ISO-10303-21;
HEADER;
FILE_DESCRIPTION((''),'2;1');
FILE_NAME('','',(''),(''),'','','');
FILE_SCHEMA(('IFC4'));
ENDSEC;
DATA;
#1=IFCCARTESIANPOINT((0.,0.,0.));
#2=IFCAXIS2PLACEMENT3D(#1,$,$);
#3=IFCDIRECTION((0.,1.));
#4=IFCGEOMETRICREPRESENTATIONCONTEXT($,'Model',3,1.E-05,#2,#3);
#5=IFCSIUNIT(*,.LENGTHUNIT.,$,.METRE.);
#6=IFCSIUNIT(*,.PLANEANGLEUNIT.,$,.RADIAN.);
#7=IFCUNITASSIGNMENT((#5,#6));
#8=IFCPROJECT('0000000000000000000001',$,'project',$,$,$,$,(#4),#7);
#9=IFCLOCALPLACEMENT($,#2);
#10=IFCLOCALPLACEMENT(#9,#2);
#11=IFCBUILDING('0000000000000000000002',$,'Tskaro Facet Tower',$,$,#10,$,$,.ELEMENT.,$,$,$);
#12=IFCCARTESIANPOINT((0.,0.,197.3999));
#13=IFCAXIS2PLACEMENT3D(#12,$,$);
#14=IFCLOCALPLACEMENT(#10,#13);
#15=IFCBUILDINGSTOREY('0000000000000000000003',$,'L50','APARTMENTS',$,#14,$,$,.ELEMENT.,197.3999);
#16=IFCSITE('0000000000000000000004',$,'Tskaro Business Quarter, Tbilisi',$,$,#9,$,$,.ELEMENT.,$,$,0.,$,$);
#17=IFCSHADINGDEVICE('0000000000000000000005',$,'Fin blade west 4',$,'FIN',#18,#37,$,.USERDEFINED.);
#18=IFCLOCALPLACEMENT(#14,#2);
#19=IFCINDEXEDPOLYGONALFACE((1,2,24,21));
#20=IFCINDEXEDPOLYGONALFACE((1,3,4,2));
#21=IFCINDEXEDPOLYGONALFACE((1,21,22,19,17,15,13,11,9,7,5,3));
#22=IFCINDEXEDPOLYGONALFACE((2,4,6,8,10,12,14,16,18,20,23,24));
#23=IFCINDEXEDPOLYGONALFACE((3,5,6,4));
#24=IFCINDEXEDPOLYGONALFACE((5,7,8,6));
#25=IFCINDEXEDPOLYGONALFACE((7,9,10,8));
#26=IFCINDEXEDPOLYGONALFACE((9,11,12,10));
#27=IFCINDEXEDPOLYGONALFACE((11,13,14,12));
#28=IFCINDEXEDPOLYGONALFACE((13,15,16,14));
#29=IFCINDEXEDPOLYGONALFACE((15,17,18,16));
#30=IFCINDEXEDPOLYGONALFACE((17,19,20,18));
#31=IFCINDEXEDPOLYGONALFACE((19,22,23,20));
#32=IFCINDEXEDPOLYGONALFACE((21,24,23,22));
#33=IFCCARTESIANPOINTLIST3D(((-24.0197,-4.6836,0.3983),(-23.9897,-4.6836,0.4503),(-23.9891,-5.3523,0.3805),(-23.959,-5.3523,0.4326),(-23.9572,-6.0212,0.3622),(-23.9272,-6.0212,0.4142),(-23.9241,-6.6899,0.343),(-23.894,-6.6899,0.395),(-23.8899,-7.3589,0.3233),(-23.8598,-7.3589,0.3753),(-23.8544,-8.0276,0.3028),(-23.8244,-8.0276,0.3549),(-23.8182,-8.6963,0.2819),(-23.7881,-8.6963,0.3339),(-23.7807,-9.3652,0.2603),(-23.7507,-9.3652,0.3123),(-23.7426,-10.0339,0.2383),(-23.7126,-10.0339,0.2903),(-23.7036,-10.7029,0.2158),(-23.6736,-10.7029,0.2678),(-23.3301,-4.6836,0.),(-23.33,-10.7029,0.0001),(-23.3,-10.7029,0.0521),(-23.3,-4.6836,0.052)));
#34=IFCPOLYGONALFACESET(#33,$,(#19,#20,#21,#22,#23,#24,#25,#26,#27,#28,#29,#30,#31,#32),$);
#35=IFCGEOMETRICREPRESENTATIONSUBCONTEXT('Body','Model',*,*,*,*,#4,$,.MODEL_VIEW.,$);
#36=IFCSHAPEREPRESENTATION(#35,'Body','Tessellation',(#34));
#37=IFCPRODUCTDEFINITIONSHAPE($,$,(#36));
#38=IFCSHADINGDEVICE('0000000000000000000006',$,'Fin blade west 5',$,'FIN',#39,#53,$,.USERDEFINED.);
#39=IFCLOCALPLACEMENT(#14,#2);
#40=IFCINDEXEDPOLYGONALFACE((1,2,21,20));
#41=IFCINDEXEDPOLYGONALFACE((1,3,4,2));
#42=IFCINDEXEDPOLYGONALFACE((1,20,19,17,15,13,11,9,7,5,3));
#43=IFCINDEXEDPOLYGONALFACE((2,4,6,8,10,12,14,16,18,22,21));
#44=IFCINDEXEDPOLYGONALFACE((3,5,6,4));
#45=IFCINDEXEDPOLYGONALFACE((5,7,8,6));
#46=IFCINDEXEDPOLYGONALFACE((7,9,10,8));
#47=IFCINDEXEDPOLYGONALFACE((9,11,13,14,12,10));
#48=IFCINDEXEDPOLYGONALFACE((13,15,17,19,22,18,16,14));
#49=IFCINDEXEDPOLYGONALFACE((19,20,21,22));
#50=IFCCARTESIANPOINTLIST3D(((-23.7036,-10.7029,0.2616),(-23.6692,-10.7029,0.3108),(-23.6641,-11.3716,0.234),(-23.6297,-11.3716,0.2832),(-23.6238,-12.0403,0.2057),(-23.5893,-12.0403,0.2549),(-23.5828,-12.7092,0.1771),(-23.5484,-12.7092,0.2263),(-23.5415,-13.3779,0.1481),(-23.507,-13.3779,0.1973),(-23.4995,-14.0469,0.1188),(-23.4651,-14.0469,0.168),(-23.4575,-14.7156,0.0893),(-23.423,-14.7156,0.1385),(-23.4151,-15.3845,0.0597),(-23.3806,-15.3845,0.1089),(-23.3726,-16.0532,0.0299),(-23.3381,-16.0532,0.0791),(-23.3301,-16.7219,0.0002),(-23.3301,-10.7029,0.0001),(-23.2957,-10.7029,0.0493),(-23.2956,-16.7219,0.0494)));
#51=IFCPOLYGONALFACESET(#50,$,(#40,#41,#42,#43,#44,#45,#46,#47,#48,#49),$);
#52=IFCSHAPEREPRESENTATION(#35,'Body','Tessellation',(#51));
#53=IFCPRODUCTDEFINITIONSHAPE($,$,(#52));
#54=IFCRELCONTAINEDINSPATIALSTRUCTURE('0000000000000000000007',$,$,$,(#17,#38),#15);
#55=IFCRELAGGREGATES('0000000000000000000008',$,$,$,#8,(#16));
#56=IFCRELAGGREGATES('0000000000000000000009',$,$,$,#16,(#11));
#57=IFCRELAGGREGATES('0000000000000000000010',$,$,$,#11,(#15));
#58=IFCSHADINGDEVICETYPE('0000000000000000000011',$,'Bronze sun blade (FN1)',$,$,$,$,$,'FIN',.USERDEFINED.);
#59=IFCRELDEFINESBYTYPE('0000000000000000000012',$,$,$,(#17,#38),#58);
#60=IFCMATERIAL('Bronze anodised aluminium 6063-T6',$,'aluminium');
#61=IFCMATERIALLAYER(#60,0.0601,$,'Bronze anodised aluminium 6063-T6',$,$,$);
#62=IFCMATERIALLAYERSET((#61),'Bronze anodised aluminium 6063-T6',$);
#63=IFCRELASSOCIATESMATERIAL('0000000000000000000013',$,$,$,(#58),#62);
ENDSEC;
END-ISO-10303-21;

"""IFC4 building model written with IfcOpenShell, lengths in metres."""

from ifc_helpers import new_model, si_unit, direction, frame, origin, place, context, subcontext, project, spatial, polyline, outline, extrude, material, layer, layer_set, type_object, element, save


model = new_model("IFC4")

# Units and contexts
model_context = context("Model", 3, precision=1e-05, world=origin(), true_north=direction((0.0, 1.0)))
body_context = subcontext(model_context, "Body", "Model", "MODEL_VIEW")
ifc_project = project(units=[si_unit("LENGTHUNIT", "METRE"), si_unit("PLANEANGLEUNIT", "RADIAN")], contexts=[model_context])

# Site, building, storey
site_placement = place(None, origin())
site = spatial("IfcSite", under=ifc_project, at=site_placement, Name="Tskaro Business Quarter, Tbilisi", CompositionType="ELEMENT", RefElevation=0.0)
building_placement = place(site_placement, origin())
building = spatial("IfcBuilding", under=site, at=building_placement, Name="Tskaro Facet Tower", CompositionType="ELEMENT")
storey_placement = place(building_placement, frame((0.0, 0.0, 197.3999)))
storey = spatial("IfcBuildingStorey", under=building, at=storey_placement, Name="L50", Description="APARTMENTS", CompositionType="ELEMENT", Elevation=197.3999)

# Shared definitions
ifc_material_1 = material(Name="Bronze anodised aluminium 6063-T6", Category="aluminium")

# Shading devices
ifc_layer_1 = layer(ifc_material_1, 0.0601, Name="Bronze anodised aluminium 6063-T6")
ifc_layer_set_1 = layer_set([ifc_layer_1], Name="Bronze anodised aluminium 6063-T6")
shading_device_type = type_object("IfcShadingDeviceType", Name="Bronze sun blade (FN1)", ElementType="FIN", PredefinedType="USERDEFINED", material=ifc_layer_set_1)
shading_device_1_placement = place(storey_placement, frame((-23.3, -4.6836, 0.052), z_axis=(0.500082, 0.000014, 0.865978), x_axis=(0.000007, -1.0, 0.000012)))
element("IfcShadingDevice", 1, at=shading_device_1_placement, inside=storey, type_object=shading_device_type, Name="Fin blade west 4", ObjectType="FIN", PredefinedType="USERDEFINED", context=body_context, shape_type="SweptSolid", body=[
    extrude(outline(polyline([(0.0, 0.0), (6.0193, 0.0), (6.0193, -0.4314), (5.3503, -0.4765), (4.6816, -0.5204), (4.0127, -0.5636), (3.344, -0.6055), (2.6753, -0.6464), (2.0063, -0.6859), (1.3376, -0.7242), (0.6687, -0.761), (0.0, -0.7964), (0.0, 0.0)])), origin(), (0.0, 0.0, -1.0), 0.0601),
])
shading_device_2_placement = place(storey_placement, frame((-23.2957, -10.7029, 0.0493), z_axis=(0.573541, 0.000007, 0.819177), x_axis=(0.000004, -1.0, 0.000006)))
element("IfcShadingDevice", 2, at=shading_device_2_placement, inside=storey, type_object=shading_device_type, Name="Fin blade west 5", ObjectType="FIN", PredefinedType="USERDEFINED", context=body_context, shape_type="SweptSolid", body=[
    extrude(outline(polyline([(0.0, 0.0), (6.019, 0.0), (5.3503, -0.0519), (4.6816, -0.1038), (4.0127, -0.1555), (3.344, -0.2068), (2.675, -0.2581), (2.0063, -0.3085), (1.3374, -0.3585), (0.6687, -0.4077), (0.0, -0.456), (0.0, 0.0)])), origin(), (0.0, 0.0, -1.0), 0.0601),
])

save(model, "model.ifc")
